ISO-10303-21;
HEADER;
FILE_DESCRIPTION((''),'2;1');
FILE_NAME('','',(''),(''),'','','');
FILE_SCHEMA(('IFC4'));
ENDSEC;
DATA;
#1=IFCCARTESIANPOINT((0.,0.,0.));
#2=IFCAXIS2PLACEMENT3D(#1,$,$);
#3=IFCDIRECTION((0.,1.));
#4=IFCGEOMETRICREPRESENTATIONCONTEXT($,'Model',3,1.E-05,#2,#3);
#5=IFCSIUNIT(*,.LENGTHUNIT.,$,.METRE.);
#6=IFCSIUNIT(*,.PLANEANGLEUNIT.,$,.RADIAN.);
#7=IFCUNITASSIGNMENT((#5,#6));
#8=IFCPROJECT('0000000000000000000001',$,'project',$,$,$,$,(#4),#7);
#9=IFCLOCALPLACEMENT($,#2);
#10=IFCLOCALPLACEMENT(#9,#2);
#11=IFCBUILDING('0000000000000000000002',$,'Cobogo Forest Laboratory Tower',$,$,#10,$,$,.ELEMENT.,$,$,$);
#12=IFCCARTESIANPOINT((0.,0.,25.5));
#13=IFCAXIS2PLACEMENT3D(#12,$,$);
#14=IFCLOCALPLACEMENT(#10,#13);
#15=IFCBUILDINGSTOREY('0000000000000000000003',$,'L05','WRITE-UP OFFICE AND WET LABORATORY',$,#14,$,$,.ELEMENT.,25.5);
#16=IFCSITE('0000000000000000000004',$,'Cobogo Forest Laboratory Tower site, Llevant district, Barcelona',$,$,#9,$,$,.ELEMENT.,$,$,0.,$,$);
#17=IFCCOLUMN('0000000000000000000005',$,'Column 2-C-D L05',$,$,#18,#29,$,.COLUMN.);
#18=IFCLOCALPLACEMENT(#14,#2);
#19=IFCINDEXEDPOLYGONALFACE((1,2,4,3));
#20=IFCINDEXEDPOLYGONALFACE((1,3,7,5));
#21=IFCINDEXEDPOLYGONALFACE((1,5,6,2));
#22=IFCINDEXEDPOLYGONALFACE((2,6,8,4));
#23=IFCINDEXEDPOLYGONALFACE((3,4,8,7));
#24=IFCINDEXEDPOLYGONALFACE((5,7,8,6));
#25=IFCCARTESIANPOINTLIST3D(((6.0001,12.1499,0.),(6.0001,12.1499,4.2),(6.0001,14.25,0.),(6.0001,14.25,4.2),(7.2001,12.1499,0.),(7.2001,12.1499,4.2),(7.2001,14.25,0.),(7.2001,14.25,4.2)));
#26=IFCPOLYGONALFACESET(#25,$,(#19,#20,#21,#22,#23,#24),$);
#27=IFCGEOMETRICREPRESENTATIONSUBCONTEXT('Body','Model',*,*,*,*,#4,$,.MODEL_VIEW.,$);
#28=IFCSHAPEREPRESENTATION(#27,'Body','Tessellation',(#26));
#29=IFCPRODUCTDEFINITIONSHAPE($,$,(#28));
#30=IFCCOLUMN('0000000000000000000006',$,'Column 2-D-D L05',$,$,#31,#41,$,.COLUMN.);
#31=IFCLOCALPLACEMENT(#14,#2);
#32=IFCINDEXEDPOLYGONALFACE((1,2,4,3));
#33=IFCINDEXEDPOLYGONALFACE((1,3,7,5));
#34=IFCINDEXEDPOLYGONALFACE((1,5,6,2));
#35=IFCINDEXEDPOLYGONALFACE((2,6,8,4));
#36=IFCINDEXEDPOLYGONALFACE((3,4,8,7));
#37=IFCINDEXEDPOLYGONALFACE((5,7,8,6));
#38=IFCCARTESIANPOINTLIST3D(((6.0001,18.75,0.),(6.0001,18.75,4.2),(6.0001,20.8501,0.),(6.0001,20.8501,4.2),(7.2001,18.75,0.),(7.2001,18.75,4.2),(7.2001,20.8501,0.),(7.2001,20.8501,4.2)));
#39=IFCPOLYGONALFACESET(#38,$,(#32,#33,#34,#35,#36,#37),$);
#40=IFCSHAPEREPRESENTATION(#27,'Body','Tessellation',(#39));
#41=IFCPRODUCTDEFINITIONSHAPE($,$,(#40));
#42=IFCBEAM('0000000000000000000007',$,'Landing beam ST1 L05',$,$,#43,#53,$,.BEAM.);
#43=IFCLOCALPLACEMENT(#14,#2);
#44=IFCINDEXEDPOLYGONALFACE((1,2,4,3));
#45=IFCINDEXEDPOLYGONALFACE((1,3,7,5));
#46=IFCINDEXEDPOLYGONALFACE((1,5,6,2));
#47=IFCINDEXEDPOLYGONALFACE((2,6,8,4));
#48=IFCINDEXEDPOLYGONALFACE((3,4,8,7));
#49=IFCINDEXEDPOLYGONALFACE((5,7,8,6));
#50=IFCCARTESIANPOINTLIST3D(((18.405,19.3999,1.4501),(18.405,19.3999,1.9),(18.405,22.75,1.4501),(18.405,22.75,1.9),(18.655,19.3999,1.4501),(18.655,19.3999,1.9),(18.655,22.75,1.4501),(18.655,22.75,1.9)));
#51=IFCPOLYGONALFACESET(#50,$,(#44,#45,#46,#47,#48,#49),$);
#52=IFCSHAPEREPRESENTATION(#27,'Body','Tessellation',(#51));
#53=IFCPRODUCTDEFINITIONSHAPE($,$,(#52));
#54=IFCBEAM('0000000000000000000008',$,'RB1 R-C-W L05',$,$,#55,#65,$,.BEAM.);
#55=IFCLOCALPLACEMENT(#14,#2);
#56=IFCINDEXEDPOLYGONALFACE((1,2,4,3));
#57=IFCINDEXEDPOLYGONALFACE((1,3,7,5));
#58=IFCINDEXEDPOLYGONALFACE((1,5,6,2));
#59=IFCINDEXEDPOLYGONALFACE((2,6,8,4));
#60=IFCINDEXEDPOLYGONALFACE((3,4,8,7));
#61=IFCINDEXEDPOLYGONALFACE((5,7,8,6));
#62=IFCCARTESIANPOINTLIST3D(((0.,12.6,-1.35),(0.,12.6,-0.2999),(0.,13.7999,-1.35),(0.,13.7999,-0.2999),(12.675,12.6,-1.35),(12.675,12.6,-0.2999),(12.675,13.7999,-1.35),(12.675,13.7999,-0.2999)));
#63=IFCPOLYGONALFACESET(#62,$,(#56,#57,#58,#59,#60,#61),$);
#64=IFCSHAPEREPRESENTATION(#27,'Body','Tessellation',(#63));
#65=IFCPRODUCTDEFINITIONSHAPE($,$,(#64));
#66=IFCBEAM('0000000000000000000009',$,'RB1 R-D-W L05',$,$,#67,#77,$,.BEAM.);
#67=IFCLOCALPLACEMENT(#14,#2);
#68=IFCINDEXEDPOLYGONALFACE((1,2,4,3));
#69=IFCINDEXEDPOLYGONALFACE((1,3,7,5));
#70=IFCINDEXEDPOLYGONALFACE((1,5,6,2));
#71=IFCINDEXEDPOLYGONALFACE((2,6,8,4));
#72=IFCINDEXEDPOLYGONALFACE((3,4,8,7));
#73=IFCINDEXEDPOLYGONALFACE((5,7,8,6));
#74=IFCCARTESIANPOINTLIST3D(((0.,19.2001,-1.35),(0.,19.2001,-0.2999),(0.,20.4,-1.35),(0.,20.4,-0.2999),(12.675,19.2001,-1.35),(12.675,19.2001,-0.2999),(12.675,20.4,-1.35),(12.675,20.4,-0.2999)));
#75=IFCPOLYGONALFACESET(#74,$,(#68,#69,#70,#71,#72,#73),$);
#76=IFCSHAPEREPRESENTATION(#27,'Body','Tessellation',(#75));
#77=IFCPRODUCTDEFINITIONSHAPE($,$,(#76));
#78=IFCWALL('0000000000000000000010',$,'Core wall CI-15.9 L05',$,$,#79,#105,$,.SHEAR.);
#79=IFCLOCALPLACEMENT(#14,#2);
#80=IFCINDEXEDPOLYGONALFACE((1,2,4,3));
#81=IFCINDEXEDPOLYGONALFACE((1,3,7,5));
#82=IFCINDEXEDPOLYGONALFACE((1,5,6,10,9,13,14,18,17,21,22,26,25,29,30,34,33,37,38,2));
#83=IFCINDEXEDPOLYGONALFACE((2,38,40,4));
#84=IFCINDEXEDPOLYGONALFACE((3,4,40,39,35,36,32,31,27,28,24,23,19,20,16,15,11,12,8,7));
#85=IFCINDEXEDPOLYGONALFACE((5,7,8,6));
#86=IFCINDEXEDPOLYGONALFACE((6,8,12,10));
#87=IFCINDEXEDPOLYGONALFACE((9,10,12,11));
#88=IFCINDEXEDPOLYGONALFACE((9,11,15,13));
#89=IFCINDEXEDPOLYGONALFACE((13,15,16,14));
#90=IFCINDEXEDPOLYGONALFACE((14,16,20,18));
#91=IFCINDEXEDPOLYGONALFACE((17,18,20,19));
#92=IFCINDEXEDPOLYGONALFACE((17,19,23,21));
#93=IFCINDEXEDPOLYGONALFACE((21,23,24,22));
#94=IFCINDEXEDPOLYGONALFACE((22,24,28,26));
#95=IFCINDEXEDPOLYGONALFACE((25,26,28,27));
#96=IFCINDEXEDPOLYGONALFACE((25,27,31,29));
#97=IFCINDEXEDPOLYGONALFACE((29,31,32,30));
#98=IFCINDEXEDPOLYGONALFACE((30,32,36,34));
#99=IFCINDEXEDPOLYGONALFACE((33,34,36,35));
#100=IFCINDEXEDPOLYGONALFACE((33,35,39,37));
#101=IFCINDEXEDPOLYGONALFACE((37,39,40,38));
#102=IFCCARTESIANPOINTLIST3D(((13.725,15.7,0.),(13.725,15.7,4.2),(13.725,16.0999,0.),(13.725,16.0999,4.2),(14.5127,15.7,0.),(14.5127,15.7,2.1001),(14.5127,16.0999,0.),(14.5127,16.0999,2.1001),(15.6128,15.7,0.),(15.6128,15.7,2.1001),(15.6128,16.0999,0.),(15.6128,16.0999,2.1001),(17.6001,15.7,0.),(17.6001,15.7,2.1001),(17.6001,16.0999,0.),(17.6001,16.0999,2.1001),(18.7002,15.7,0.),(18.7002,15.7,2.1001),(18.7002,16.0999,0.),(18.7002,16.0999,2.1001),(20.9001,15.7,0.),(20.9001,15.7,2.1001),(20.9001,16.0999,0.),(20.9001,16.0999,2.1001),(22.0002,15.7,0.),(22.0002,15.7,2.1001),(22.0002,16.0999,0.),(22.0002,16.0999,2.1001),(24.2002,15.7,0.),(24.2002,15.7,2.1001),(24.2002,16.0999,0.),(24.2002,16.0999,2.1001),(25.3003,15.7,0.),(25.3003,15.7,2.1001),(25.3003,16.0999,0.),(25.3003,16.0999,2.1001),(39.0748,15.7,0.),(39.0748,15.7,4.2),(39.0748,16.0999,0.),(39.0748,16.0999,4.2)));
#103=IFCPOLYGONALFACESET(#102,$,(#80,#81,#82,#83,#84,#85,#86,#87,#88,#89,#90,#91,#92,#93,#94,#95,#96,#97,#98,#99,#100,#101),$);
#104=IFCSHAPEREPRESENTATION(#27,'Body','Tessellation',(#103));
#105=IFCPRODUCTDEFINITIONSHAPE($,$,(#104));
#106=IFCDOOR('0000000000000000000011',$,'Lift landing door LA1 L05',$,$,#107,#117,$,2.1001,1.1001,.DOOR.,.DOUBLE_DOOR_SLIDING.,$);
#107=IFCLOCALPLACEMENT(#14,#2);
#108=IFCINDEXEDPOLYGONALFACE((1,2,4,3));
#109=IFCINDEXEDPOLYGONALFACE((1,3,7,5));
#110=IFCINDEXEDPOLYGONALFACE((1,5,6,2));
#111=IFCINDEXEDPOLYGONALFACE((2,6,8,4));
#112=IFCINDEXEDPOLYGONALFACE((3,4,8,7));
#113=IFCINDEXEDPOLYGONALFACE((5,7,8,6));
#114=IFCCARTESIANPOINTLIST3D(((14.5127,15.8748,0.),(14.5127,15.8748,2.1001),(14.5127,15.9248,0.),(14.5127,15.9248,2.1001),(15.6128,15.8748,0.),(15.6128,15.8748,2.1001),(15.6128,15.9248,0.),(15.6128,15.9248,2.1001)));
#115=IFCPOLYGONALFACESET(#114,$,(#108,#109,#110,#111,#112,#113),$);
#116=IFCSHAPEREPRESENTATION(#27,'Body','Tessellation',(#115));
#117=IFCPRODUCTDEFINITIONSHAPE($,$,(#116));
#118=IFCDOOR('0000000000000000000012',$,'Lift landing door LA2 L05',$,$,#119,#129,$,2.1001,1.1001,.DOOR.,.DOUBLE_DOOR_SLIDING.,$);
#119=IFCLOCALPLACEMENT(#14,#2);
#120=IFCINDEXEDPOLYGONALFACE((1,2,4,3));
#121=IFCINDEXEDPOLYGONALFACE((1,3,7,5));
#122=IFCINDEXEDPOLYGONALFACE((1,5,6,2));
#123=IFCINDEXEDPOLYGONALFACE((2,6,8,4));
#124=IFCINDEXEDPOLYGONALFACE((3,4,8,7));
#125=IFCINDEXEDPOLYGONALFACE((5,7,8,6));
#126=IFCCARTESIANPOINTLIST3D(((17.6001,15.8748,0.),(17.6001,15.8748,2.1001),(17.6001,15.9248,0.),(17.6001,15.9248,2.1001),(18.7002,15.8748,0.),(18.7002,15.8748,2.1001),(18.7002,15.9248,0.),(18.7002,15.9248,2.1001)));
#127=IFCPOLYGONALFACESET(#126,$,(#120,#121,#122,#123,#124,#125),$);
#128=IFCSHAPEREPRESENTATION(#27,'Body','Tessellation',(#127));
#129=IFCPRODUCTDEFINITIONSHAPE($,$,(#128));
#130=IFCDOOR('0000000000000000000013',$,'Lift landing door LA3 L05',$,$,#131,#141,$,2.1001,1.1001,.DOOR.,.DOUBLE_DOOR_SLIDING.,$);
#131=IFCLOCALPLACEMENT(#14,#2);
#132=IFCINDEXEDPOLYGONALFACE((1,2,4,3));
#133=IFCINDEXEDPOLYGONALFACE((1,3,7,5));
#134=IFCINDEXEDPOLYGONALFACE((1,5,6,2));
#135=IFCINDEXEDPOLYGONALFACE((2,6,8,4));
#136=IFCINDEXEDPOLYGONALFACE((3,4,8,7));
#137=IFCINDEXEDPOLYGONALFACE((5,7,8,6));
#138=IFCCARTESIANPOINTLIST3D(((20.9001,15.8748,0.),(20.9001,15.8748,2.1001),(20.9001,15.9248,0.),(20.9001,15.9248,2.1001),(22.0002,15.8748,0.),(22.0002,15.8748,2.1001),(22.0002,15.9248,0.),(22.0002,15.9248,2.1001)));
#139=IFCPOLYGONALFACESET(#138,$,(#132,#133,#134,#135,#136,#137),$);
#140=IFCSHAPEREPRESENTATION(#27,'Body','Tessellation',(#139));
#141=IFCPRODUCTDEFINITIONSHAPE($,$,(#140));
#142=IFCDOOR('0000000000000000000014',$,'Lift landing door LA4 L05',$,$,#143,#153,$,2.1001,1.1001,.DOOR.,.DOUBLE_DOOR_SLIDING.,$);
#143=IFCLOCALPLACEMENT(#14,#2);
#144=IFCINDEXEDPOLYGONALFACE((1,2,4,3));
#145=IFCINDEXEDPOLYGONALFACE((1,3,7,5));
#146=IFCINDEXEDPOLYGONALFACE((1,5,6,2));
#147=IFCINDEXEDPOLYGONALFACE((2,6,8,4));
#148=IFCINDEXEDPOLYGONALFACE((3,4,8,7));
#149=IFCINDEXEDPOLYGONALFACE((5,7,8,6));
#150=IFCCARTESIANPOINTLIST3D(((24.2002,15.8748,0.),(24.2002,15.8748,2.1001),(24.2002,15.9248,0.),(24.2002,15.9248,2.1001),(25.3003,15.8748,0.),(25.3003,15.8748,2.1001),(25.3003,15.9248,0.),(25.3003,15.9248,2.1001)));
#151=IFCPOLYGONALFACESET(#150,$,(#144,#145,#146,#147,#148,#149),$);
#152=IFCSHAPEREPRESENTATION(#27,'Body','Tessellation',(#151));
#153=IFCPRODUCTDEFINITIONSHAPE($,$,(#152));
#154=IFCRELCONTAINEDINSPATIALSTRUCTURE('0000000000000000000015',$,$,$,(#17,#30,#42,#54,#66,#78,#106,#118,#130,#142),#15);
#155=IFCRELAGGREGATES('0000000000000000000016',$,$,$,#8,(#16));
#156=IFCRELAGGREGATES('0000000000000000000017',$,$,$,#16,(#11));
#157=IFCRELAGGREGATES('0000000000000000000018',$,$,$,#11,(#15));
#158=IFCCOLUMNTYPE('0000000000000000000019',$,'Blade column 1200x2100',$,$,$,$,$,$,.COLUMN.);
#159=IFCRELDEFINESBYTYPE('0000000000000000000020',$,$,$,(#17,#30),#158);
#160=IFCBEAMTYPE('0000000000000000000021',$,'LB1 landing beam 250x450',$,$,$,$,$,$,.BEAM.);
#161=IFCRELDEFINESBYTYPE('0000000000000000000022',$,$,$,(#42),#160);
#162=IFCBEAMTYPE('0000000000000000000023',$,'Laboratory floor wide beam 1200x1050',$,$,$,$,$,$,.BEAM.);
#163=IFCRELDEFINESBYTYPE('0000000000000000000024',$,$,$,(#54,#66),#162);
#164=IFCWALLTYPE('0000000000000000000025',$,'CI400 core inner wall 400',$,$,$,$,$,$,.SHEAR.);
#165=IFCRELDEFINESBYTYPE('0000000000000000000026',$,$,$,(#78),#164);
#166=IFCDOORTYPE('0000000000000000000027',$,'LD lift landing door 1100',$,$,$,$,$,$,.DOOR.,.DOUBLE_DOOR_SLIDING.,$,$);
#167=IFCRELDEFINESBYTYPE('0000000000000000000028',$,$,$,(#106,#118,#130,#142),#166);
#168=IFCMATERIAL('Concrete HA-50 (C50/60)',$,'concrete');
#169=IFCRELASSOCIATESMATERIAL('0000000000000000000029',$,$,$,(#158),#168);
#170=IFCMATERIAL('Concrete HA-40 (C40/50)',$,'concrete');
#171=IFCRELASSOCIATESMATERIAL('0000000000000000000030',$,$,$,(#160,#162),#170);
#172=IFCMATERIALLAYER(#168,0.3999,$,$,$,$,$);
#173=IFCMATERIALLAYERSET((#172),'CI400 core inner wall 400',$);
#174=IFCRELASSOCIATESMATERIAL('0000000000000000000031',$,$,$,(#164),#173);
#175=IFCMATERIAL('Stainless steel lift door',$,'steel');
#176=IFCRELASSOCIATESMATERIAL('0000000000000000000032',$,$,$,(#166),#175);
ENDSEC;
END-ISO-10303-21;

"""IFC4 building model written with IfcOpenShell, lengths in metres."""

from ifc_helpers import new_model, si_unit, direction, frame, frame_2d, origin, origin_2d, place, context, subcontext, project, spatial, rectangle, extrude, material, layer, layer_set, material_profile, profile_set, type_object, element, fill, save


model = new_model("IFC4")

# Units and contexts
model_context = context("Model", 3, precision=1e-05, world=origin(), true_north=direction((0.0, 1.0)))
body_context = subcontext(model_context, "Body", "Model", "MODEL_VIEW")
ifc_project = project(units=[si_unit("LENGTHUNIT", "METRE"), si_unit("PLANEANGLEUNIT", "RADIAN")], contexts=[model_context])

# Site, building, storey
site_placement = place(None, origin())
site = spatial("IfcSite", under=ifc_project, at=site_placement, Name="Cobogo Forest Laboratory Tower site, Llevant district, Barcelona", CompositionType="ELEMENT", RefElevation=0.0)
building_placement = place(site_placement, origin())
building = spatial("IfcBuilding", under=site, at=building_placement, Name="Cobogo Forest Laboratory Tower", CompositionType="ELEMENT")
storey_placement = place(building_placement, frame((0.0, 0.0, 25.5)))
storey = spatial("IfcBuildingStorey", under=building, at=storey_placement, Name="L05", Description="WRITE-UP OFFICE AND WET LABORATORY", CompositionType="ELEMENT", Elevation=25.5)

# Columns
ifc_material_1 = material(Name="Concrete HA-50 (C50/60)", Category="concrete")
ifc_material_profile_1 = material_profile(ifc_material_1, rectangle(XDim=2.1001, YDim=1.2, at=origin_2d()), Name="RC 1200x2100")
ifc_profile_set_1 = profile_set([ifc_material_profile_1], Name="Concrete HA-50 (C50/60)")
column_type = type_object("IfcColumnType", Name="Blade column 1200x2100", PredefinedType="COLUMN", material=ifc_profile_set_1)
for number, where, z_axis, x_axis, name in (
    (1, (6.6001, 13.2, 0.0), (0.0, 0.0, 1.0), (0.0, 1.0, 0.0), "Column 2-C-D L05"),
    (2, (6.6001, 19.8, 0.0), (0.0, 0.0, 1.0), (0.0, 1.0, 0.0), "Column 2-D-D L05"),
):
    element("IfcColumn", number, at=place(storey_placement, frame(where, z_axis=z_axis, x_axis=x_axis)), inside=storey, type_object=column_type, Name=name, PredefinedType="COLUMN", context=body_context, shape_type="SweptSolid", body=[
        extrude(rectangle(XDim=2.1001, YDim=1.2, at=origin_2d()), origin(), (0.0, 0.0, 1.0), 4.2),
    ])

# Beams
ifc_material_2 = material(Name="Concrete HA-40 (C40/50)", Category="concrete")
ifc_material_profile_2 = material_profile(ifc_material_2, rectangle(XDim=0.25, YDim=0.45, at=origin_2d()), Name="RC 250x450")
ifc_profile_set_2 = profile_set([ifc_material_profile_2], Name="Concrete HA-40 (C40/50)")
beam_type_1 = type_object("IfcBeamType", Name="LB1 landing beam 250x450", PredefinedType="BEAM", material=ifc_profile_set_2)
beam_placement = place(storey_placement, frame((18.53, 19.3999, 1.675), z_axis=(0.0, 1.0, 0.0), x_axis=(-1.0, 0.0, 0.0)))
element("IfcBeam", 3, at=beam_placement, inside=storey, type_object=beam_type_1, Name="Landing beam ST1 L05", PredefinedType="BEAM", context=body_context, shape_type="SweptSolid", body=[
    extrude(rectangle(XDim=0.25, YDim=0.45, at=origin_2d()), origin(), (0.0, 0.0, 1.0), 3.3501),
])
ifc_material_profile_3 = material_profile(ifc_material_2, rectangle(XDim=1.2, YDim=1.05, at=origin_2d()), Name="RC 1200x1050")
ifc_profile_set_3 = profile_set([ifc_material_profile_3], Name="Concrete HA-40 (C40/50)")
beam_type_2 = type_object("IfcBeamType", Name="Laboratory floor wide beam 1200x1050", PredefinedType="BEAM", material=ifc_profile_set_3)
for number, where, z_axis, x_axis, name in (
    (4, (12.675, 13.2, -0.825), (-1.0, 0.0, 0.0), (0.0, -1.0, 0.0), "RB1 R-C-W L05"),
    (5, (12.675, 19.8, -0.825), (-1.0, 0.0, 0.0), (0.0, -1.0, 0.0), "RB1 R-D-W L05"),
):
    element("IfcBeam", number, at=place(storey_placement, frame(where, z_axis=z_axis, x_axis=x_axis)), inside=storey, type_object=beam_type_2, Name=name, PredefinedType="BEAM", context=body_context, shape_type="SweptSolid", body=[
        extrude(rectangle(XDim=1.2, YDim=1.05, at=origin_2d()), origin(), (0.0, 0.0, 1.0), 12.675),
    ])

# Wall, openings, doors
ifc_layer_1 = layer(ifc_material_1, 0.3999)
ifc_layer_set_1 = layer_set([ifc_layer_1], Name="CI400 core inner wall 400")
wall_type_1 = type_object("IfcWallType", Name="CI400 core inner wall 400", PredefinedType="SHEAR", material=ifc_layer_set_1)
wall_1_placement = place(storey_placement, frame((13.7251, 15.8999, 0.0), z_axis=(0.0, 0.0, 1.0), x_axis=(1.0, 0.0, 0.0)))
wall_1 = element("IfcWall", 6, at=wall_1_placement, inside=storey, type_object=wall_type_1, Name="Core wall CI-15.9 L05", PredefinedType="SHEAR", context=body_context, shape_type="SweptSolid", body=[
    extrude(rectangle(XDim=25.3499, YDim=0.3999, at=frame_2d((12.6748, 0.0))), origin(), (0.0, 0.0, 1.0), 4.2),
])
opening_1_placement = place(wall_1_placement, frame((0.7876, 0.0, 0.0)))
opening_1 = element("IfcOpeningElement", 7, at=opening_1_placement, cuts=wall_1, PredefinedType="OPENING", context=body_context, shape_type="SweptSolid", body=[
    extrude(rectangle(XDim=1.1001, YDim=2.1001, at=frame_2d((0.55, 1.05))), frame((0.0, 0.21, 0.0), z_axis=(0.0, -1.0, 0.0), x_axis=(1.0, 0.0, 0.0)), (0.0, 0.0, 1.0), 0.4199),
])
opening_2_placement = place(wall_1_placement, frame((3.875, 0.0, 0.0)))
opening_2 = element("IfcOpeningElement", 8, at=opening_2_placement, cuts=wall_1, PredefinedType="OPENING", context=body_context, shape_type="SweptSolid", body=[
    extrude(rectangle(XDim=1.1001, YDim=2.1001, at=frame_2d((0.55, 1.05))), frame((0.0, 0.21, 0.0), z_axis=(0.0, -1.0, 0.0), x_axis=(1.0, 0.0, 0.0)), (0.0, 0.0, 1.0), 0.4199),
])
opening_3_placement = place(wall_1_placement, frame((7.175, 0.0, 0.0)))
opening_3 = element("IfcOpeningElement", 9, at=opening_3_placement, cuts=wall_1, PredefinedType="OPENING", context=body_context, shape_type="SweptSolid", body=[
    extrude(rectangle(XDim=1.1001, YDim=2.1001, at=frame_2d((0.55, 1.05))), frame((0.0, 0.21, 0.0), z_axis=(0.0, -1.0, 0.0), x_axis=(1.0, 0.0, 0.0)), (0.0, 0.0, 1.0), 0.4199),
])
opening_4_placement = place(wall_1_placement, frame((10.4751, 0.0, 0.0)))
opening_4 = element("IfcOpeningElement", 10, at=opening_4_placement, cuts=wall_1, PredefinedType="OPENING", context=body_context, shape_type="SweptSolid", body=[
    extrude(rectangle(XDim=1.1001, YDim=2.1001, at=frame_2d((0.55, 1.05))), frame((0.0, 0.21, 0.0), z_axis=(0.0, -1.0, 0.0), x_axis=(1.0, 0.0, 0.0)), (0.0, 0.0, 1.0), 0.4199),
])
ifc_material_3 = material(Name="Stainless steel lift door", Category="steel")
door_type_1 = type_object("IfcDoorType", Name="LD lift landing door 1100", OperationType="DOUBLE_DOOR_SLIDING", PredefinedType="DOOR", material=ifc_material_3)
door_1_placement = place(opening_1_placement, origin())
door_1 = element("IfcDoor", 11, at=door_1_placement, inside=storey, type_object=door_type_1, Name="Lift landing door LA1 L05", OperationType="DOUBLE_DOOR_SLIDING", OverallHeight=2.1001, OverallWidth=1.1001, PredefinedType="DOOR", context=body_context, shape_type="SweptSolid", body=[
    extrude(rectangle(XDim=1.1001, YDim=2.1001, at=frame_2d((0.55, 1.05))), frame((0.0, 0.0249, 0.0), z_axis=(0.0, -1.0, 0.0), x_axis=(1.0, 0.0, 0.0)), (0.0, 0.0, 1.0), 0.05),
])
fill(opening_1, door_1)
door_2_placement = place(opening_2_placement, origin())
door_2 = element("IfcDoor", 12, at=door_2_placement, inside=storey, type_object=door_type_1, Name="Lift landing door LA2 L05", OperationType="DOUBLE_DOOR_SLIDING", OverallHeight=2.1001, OverallWidth=1.1001, PredefinedType="DOOR", context=body_context, shape_type="SweptSolid", body=[
    extrude(rectangle(XDim=1.1001, YDim=2.1001, at=frame_2d((0.55, 1.05))), frame((0.0, 0.0249, 0.0), z_axis=(0.0, -1.0, 0.0), x_axis=(1.0, 0.0, 0.0)), (0.0, 0.0, 1.0), 0.05),
])
fill(opening_2, door_2)
door_3_placement = place(opening_3_placement, origin())
door_3 = element("IfcDoor", 13, at=door_3_placement, inside=storey, type_object=door_type_1, Name="Lift landing door LA3 L05", OperationType="DOUBLE_DOOR_SLIDING", OverallHeight=2.1001, OverallWidth=1.1001, PredefinedType="DOOR", context=body_context, shape_type="SweptSolid", body=[
    extrude(rectangle(XDim=1.1001, YDim=2.1001, at=frame_2d((0.55, 1.05))), frame((0.0, 0.0249, 0.0), z_axis=(0.0, -1.0, 0.0), x_axis=(1.0, 0.0, 0.0)), (0.0, 0.0, 1.0), 0.05),
])
fill(opening_3, door_3)
door_4_placement = place(opening_4_placement, origin())
door_4 = element("IfcDoor", 14, at=door_4_placement, inside=storey, type_object=door_type_1, Name="Lift landing door LA4 L05", OperationType="DOUBLE_DOOR_SLIDING", OverallHeight=2.1001, OverallWidth=1.1001, PredefinedType="DOOR", context=body_context, shape_type="SweptSolid", body=[
    extrude(rectangle(XDim=1.1001, YDim=2.1001, at=frame_2d((0.55, 1.05))), frame((0.0, 0.0249, 0.0), z_axis=(0.0, -1.0, 0.0), x_axis=(1.0, 0.0, 0.0)), (0.0, 0.0, 1.0), 0.05),
])
fill(opening_4, door_4)

save(model, "model.ifc")
